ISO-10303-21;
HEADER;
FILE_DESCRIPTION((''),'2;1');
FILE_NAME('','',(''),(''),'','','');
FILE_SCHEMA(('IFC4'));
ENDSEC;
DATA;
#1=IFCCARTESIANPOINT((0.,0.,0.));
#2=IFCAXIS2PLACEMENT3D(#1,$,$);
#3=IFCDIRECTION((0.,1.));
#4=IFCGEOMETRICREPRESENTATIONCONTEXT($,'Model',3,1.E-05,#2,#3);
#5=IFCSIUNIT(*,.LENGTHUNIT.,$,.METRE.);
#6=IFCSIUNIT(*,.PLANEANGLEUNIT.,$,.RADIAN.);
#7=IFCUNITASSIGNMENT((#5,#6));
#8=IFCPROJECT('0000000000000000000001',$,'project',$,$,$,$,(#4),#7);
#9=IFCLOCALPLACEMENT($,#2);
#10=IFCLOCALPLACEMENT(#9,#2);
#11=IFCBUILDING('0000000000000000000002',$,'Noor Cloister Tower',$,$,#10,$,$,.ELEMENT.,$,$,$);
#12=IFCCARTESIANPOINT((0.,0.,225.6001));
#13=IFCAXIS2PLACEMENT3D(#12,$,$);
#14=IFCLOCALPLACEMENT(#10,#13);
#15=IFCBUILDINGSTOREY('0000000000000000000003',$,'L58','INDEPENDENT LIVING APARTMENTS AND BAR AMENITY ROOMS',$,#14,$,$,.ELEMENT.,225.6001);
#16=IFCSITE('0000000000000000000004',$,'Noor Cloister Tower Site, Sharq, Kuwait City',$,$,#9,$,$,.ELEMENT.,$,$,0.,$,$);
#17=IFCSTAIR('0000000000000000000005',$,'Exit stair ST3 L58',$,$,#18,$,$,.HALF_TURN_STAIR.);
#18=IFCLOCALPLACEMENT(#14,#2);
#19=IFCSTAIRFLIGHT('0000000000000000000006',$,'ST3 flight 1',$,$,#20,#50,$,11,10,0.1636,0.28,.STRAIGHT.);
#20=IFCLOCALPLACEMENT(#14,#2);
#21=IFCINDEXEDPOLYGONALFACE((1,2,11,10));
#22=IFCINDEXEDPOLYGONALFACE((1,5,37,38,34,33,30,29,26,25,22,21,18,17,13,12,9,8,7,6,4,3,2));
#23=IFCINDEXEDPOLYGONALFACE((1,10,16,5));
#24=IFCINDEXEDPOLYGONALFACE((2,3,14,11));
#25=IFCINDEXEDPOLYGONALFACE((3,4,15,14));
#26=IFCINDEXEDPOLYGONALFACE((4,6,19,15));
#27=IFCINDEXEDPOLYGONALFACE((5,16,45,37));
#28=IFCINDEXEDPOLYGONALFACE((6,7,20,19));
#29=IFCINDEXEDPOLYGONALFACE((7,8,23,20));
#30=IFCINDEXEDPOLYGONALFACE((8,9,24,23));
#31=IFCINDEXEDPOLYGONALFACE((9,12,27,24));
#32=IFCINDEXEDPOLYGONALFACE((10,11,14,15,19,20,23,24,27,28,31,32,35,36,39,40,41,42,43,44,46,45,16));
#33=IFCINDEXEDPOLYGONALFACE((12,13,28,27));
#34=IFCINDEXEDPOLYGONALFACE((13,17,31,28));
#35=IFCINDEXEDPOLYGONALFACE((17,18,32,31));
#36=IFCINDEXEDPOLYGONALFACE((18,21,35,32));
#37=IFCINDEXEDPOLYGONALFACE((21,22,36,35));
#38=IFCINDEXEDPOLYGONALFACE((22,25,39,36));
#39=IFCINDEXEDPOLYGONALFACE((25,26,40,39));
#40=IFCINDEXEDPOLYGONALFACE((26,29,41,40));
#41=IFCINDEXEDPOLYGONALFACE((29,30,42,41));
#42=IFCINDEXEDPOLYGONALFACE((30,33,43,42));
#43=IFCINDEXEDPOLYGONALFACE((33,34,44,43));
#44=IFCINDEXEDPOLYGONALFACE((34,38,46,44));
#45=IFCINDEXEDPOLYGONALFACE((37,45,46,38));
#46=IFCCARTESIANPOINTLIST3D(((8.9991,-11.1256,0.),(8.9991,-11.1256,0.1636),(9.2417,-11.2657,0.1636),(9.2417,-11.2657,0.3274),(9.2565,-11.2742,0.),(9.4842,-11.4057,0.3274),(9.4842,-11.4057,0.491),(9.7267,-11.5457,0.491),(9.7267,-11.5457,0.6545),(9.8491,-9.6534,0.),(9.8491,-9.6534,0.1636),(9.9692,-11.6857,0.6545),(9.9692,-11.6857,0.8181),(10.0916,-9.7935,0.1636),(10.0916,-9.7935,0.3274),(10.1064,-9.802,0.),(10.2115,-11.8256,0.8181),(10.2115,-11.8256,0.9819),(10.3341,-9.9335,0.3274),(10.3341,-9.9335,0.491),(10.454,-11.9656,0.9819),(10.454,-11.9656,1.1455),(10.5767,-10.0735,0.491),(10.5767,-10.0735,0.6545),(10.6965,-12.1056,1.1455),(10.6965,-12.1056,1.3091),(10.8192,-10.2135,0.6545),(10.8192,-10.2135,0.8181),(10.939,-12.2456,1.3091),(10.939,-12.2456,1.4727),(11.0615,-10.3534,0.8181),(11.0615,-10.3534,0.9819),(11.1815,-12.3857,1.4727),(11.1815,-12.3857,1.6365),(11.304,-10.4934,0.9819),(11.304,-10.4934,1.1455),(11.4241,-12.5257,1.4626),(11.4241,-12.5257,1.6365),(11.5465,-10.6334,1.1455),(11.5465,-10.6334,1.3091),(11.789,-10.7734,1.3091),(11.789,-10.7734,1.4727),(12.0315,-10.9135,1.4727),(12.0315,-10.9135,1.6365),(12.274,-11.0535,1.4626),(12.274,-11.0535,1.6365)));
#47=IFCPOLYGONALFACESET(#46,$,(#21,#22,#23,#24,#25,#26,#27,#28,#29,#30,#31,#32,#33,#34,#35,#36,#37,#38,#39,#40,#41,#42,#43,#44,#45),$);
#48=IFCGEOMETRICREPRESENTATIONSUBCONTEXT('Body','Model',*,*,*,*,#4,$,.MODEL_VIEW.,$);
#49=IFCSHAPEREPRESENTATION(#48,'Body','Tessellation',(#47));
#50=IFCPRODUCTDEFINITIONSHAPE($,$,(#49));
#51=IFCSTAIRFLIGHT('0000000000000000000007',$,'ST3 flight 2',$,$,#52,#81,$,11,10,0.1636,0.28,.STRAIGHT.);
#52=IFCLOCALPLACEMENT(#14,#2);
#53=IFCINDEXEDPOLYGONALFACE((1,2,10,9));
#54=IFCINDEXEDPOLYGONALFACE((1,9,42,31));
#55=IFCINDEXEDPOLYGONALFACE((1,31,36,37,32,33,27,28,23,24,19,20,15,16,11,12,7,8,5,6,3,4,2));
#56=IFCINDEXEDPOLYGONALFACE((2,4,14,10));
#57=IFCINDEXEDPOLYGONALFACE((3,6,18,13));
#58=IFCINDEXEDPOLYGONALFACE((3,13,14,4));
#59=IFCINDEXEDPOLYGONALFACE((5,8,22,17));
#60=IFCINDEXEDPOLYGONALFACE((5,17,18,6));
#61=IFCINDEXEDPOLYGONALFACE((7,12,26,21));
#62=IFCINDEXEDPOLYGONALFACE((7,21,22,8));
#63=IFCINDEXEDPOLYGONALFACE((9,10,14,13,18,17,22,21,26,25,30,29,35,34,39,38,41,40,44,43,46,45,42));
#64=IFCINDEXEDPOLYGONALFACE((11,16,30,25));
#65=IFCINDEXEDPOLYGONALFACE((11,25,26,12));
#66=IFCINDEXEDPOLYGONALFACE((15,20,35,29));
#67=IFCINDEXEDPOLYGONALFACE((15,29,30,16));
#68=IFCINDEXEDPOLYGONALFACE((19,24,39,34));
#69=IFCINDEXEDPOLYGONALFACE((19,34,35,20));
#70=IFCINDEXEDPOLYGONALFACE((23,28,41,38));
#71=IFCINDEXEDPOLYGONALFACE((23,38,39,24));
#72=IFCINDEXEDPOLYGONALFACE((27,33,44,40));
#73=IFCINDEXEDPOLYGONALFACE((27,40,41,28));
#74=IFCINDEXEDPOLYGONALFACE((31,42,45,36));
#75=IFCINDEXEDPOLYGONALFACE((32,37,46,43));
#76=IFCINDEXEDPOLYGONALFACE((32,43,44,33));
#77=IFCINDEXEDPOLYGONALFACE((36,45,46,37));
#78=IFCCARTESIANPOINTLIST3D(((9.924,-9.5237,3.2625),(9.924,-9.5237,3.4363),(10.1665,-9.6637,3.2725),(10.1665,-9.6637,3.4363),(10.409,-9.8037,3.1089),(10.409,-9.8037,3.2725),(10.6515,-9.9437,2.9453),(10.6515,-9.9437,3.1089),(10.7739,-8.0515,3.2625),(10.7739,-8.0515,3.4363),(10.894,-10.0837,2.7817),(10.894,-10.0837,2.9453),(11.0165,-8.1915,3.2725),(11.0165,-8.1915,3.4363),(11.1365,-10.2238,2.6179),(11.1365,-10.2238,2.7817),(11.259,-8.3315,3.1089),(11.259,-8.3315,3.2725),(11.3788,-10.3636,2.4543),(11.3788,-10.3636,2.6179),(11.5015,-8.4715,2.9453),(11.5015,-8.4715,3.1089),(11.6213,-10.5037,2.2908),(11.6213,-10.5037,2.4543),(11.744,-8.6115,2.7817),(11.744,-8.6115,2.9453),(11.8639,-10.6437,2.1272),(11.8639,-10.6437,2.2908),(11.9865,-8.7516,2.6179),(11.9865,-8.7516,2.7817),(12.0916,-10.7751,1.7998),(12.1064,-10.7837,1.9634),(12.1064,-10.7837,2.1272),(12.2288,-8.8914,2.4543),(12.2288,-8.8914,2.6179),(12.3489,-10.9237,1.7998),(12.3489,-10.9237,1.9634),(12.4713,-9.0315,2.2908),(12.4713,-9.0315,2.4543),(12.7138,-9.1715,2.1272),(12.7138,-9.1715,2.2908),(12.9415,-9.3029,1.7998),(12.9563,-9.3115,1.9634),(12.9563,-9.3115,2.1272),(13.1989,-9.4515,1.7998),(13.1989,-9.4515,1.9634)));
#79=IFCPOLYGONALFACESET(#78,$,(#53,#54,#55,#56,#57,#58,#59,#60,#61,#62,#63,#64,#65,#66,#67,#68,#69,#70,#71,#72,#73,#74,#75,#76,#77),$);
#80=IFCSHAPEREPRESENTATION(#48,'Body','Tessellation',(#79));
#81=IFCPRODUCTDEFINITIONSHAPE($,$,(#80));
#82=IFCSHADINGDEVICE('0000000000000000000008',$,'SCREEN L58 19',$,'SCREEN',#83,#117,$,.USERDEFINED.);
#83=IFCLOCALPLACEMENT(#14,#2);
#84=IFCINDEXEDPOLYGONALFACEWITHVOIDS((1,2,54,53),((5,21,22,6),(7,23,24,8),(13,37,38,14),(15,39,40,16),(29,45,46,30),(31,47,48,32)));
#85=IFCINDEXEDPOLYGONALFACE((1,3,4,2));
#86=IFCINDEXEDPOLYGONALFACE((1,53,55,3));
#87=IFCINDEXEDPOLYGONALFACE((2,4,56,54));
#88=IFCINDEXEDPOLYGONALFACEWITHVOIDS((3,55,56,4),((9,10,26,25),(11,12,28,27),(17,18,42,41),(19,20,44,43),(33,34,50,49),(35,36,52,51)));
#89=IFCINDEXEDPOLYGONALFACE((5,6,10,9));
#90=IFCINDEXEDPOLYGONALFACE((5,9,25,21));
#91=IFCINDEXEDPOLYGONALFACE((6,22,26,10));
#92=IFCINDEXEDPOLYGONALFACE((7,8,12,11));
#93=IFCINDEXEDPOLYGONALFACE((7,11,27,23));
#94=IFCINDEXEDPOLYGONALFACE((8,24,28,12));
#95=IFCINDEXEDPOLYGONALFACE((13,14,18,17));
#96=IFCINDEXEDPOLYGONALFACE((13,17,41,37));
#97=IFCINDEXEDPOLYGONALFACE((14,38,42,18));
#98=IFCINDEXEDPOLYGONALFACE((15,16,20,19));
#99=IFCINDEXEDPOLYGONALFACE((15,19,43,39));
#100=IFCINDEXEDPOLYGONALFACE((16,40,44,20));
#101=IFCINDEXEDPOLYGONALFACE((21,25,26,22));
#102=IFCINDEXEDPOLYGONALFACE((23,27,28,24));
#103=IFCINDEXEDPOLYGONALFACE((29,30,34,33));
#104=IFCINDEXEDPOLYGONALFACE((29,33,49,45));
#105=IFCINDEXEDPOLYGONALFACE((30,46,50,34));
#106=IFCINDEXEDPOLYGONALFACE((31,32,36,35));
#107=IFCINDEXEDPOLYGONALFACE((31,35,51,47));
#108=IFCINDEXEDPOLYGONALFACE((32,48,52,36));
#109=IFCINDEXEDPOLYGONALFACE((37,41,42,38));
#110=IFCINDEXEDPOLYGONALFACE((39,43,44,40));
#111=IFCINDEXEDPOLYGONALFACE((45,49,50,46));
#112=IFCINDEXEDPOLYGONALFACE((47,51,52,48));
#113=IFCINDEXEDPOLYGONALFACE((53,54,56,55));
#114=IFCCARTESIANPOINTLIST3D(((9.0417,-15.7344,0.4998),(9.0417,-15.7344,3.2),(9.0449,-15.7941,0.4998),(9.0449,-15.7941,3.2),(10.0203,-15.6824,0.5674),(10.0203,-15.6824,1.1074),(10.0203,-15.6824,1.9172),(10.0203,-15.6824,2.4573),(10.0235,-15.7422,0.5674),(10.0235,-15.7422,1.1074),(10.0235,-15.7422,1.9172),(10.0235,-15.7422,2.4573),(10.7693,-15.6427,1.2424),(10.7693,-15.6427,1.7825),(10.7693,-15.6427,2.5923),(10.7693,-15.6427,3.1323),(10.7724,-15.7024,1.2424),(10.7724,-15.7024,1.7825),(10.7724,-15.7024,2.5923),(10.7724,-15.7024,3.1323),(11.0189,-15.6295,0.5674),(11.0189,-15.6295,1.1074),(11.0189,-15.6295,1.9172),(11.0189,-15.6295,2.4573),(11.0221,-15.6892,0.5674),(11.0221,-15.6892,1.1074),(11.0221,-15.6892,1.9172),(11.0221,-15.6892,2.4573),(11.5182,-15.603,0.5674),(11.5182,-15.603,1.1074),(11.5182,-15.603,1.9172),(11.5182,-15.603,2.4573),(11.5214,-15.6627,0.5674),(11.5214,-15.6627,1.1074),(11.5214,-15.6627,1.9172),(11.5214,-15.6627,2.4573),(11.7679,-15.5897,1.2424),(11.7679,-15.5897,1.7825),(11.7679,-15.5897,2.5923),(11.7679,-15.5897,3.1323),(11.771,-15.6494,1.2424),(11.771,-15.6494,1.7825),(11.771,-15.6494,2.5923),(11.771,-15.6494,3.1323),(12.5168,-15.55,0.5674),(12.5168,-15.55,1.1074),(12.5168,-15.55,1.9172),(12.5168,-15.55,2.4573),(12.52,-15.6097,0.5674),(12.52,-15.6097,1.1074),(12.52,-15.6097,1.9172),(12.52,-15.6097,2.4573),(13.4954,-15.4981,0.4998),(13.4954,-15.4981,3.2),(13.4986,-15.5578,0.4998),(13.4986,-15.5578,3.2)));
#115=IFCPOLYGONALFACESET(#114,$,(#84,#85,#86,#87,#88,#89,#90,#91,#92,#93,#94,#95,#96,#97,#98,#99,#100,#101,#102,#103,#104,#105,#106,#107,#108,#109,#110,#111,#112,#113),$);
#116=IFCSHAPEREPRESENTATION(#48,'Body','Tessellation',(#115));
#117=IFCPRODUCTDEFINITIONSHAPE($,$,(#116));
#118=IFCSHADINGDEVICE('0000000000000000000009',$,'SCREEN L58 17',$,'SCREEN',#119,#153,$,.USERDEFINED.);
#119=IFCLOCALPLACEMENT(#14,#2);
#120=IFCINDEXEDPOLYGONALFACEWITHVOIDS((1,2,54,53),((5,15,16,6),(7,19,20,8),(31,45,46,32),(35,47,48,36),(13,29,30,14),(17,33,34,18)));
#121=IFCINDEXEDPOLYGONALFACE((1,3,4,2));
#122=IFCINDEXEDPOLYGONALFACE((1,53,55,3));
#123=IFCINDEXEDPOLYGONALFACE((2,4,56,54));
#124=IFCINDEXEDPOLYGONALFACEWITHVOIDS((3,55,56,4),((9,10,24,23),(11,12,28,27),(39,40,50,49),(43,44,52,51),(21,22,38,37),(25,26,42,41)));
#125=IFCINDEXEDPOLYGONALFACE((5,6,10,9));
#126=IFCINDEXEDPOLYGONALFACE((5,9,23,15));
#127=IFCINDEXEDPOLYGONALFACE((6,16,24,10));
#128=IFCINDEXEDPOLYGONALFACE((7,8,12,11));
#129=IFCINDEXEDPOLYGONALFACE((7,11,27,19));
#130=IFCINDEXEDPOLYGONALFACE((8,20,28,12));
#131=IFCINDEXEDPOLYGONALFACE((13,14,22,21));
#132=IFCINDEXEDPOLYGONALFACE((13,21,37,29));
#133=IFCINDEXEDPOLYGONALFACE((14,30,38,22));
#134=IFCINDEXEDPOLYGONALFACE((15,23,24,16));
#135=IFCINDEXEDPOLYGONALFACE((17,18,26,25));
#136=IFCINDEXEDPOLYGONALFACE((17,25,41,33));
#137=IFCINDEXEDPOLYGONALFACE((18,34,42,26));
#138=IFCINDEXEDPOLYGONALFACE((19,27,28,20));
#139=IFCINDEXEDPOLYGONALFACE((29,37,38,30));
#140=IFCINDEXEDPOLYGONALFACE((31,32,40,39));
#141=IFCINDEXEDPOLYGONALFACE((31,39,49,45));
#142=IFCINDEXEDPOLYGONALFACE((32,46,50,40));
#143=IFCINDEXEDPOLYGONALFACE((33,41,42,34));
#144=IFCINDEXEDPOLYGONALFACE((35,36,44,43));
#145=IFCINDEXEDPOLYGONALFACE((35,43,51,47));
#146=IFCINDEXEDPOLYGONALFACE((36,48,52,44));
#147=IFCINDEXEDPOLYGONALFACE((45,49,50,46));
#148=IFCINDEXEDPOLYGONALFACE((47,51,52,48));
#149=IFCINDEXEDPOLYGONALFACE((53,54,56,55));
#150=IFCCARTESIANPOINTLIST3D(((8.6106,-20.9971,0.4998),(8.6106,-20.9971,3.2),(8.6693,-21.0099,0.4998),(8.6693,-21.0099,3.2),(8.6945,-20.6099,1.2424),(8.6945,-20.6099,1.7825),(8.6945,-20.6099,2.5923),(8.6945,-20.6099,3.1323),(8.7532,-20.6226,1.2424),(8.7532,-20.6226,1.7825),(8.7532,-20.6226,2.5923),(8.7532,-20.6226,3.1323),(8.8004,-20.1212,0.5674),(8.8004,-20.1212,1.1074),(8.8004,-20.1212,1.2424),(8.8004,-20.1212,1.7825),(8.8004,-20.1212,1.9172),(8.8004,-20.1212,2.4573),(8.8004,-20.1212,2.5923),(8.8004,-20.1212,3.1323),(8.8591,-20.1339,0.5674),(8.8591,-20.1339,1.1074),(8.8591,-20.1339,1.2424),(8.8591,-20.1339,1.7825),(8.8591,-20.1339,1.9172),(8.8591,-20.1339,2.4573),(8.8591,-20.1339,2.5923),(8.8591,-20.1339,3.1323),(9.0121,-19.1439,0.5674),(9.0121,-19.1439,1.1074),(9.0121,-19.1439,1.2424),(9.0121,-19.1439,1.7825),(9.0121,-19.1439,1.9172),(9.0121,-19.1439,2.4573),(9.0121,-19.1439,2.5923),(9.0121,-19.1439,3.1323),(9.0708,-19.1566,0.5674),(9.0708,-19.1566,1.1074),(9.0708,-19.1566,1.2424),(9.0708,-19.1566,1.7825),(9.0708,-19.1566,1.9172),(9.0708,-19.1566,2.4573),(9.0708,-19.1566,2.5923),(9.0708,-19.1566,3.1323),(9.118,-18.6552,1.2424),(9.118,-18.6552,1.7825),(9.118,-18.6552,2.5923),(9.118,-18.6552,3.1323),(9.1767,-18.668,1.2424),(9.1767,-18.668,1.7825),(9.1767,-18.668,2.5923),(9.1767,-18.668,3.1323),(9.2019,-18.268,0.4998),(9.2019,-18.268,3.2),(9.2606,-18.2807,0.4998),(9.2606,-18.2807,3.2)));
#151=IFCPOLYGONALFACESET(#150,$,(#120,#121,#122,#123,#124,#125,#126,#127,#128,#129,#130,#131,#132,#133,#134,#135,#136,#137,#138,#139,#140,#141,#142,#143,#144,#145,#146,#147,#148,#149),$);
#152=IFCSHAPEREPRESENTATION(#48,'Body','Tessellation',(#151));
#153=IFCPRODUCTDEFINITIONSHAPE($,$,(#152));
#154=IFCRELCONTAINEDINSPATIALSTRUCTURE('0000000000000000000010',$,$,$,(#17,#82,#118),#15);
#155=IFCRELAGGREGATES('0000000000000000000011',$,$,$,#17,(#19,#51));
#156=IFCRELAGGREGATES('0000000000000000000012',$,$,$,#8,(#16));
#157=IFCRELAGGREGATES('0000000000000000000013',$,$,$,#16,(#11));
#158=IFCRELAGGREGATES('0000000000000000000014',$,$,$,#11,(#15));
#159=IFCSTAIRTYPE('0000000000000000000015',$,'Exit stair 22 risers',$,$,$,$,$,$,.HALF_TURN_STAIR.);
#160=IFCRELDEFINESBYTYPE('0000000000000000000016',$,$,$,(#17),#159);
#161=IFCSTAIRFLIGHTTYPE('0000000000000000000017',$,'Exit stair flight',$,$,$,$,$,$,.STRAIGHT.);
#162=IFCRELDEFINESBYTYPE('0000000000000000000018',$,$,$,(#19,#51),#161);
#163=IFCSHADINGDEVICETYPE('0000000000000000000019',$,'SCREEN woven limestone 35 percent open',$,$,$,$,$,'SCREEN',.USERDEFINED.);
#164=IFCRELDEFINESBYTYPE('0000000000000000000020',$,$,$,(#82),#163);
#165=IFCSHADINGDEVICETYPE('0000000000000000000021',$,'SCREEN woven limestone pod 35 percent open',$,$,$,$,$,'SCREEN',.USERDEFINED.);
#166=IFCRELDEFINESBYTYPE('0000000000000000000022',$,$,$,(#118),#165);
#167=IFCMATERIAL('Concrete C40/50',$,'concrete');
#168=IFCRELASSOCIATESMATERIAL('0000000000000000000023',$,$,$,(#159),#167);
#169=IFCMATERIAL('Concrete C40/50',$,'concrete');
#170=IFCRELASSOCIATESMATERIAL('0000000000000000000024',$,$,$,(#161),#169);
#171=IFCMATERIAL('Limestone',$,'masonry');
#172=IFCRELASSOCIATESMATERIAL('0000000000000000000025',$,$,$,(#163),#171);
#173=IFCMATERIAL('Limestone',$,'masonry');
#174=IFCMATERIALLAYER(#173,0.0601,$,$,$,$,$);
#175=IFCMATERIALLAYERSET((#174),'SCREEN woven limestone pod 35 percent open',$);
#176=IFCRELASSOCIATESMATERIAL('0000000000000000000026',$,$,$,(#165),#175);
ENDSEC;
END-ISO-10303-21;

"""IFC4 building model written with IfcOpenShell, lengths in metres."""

from ifc_helpers import new_model, si_unit, direction, frame, origin, place, context, subcontext, project, spatial, polyline, outline, extrude, material, layer, layer_set, material_profile, profile_set, type_object, element, aggregate, save


model = new_model("IFC4")

# Units and contexts
model_context = context("Model", 3, precision=1e-05, world=origin(), true_north=direction((0.0, 1.0)))
body_context = subcontext(model_context, "Body", "Model", "MODEL_VIEW")
ifc_project = project(units=[si_unit("LENGTHUNIT", "METRE"), si_unit("PLANEANGLEUNIT", "RADIAN")], contexts=[model_context])

# Site, building, storey
site_placement = place(None, origin())
site = spatial("IfcSite", under=ifc_project, at=site_placement, Name="Noor Cloister Tower Site, Sharq, Kuwait City", CompositionType="ELEMENT", RefElevation=0.0)
building_placement = place(site_placement, origin())
building = spatial("IfcBuilding", under=site, at=building_placement, Name="Noor Cloister Tower", CompositionType="ELEMENT")
storey_placement = place(building_placement, frame((0.0, 0.0, 225.6001)))
storey = spatial("IfcBuildingStorey", under=building, at=storey_placement, Name="L58", Description="INDEPENDENT LIVING APARTMENTS AND BAR AMENITY ROOMS", CompositionType="ELEMENT", Elevation=225.6001)

# Stair, stair flights
ifc_material_1 = material(Name="Concrete C40/50", Category="concrete")
stair_type = type_object("IfcStairType", Name="Exit stair 22 risers", PredefinedType="HALF_TURN_STAIR", material=ifc_material_1)
stair_placement = place(storey_placement, origin())
stair = element("IfcStair", 1, at=stair_placement, inside=storey, type_object=stair_type, Name="Exit stair ST3 L58", PredefinedType="HALF_TURN_STAIR")
ifc_material_2 = material(Name="Concrete C40/50", Category="concrete")
stair_flight_type = type_object("IfcStairFlightType", Name="Exit stair flight", PredefinedType="STRAIGHT", material=ifc_material_2)
stair_flight_1_placement = place(storey_placement, frame((9.4241, -10.3896, 0.0), z_axis=(0.0, 0.0, 1.0), x_axis=(0.866025, -0.5, 0.0)))
stair_flight_1 = element("IfcStairFlight", 2, at=stair_flight_1_placement, type_object=stair_flight_type, Name="ST3 flight 1", NumberOfRisers=11, NumberOfTreads=10, PredefinedType="STRAIGHT", RiserHeight=0.1636, TreadLength=0.28, context=body_context, shape_type="SweptSolid", body=[
    extrude(outline(polyline([(0.0, 0.0), (0.0, 0.1636), (0.28, 0.1636), (0.28, 0.3274), (0.5601, 0.3274), (0.5601, 0.491), (0.8401, 0.491), (0.8401, 0.6545), (1.1201, 0.6545), (1.1201, 0.8181), (1.3999, 0.8181), (1.3999, 0.9819), (1.6799, 0.9819), (1.6799, 1.1455), (1.96, 1.1455), (1.96, 1.3091), (2.24, 1.3091), (2.24, 1.4727), (2.52, 1.4727), (2.52, 1.6365), (2.8, 1.6365), (2.8, 1.8), (2.8, 1.4626), (0.2971, 0.0), (0.0, 0.0)])), frame((0.0, 0.8501, 0.0), z_axis=(0.0, -1.0, 0.0), x_axis=(1.0, 0.0, 0.0)), (0.0, 0.0, 1.0), 1.7),
])
stair_flight_2_placement = place(storey_placement, frame((12.7739, -10.1875, 1.7998), z_axis=(0.0, 0.0, 1.0), x_axis=(-0.866025, 0.5, 0.0)))
stair_flight_2 = element("IfcStairFlight", 3, at=stair_flight_2_placement, type_object=stair_flight_type, Name="ST3 flight 2", NumberOfRisers=11, NumberOfTreads=10, PredefinedType="STRAIGHT", RiserHeight=0.1636, TreadLength=0.28, context=body_context, shape_type="SweptSolid", body=[
    extrude(outline(polyline([(0.0, 0.0), (0.0, 0.1636), (0.28, 0.1636), (0.28, 0.3274), (0.5601, 0.3274), (0.5601, 0.491), (0.8401, 0.491), (0.8401, 0.6545), (1.1201, 0.6545), (1.1201, 0.8181), (1.3999, 0.8181), (1.3999, 0.9819), (1.6799, 0.9819), (1.6799, 1.1455), (1.96, 1.1455), (1.96, 1.3091), (2.24, 1.3091), (2.24, 1.4727), (2.52, 1.4727), (2.52, 1.6365), (2.8, 1.6365), (2.8, 1.8), (2.8, 1.4626), (0.2971, 0.0), (0.0, 0.0)])), frame((0.0, 0.8501, 0.0), z_axis=(0.0, -1.0, 0.0), x_axis=(1.0, 0.0, 0.0)), (0.0, 0.0, 1.0), 1.7),
])
aggregate(stair, [stair_flight_1, stair_flight_2])

# Shading devices
ifc_material_3 = material(Name="Limestone", Category="masonry")
ifc_material_profile_1 = material_profile(ifc_material_3, outline(polyline([(-2.23, -1.3501), (2.23, -1.3501), (2.23, 1.3501), (-2.23, 1.3501), (-2.23, -1.3501)]), holes=[polyline([(-1.25, -1.2825), (-0.25, -1.2825), (-0.25, -0.7424), (-1.25, -0.7424), (-1.25, -1.2825)]), polyline([(0.25, -1.2825), (1.25, -1.2825), (1.25, -0.7424), (0.25, -0.7424), (0.25, -1.2825)]), polyline([(-0.5, -0.6074), (0.5, -0.6074), (0.5, -0.0674), (-0.5, -0.0674), (-0.5, -0.6074)]), polyline([(-1.25, 0.0674), (-0.25, 0.0674), (-0.25, 0.6074), (-1.25, 0.6074), (-1.25, 0.0674)]), polyline([(0.25, 0.0674), (1.25, 0.0674), (1.25, 0.6074), (0.25, 0.6074), (0.25, 0.0674)]), polyline([(-0.5, 0.7424), (0.5, 0.7424), (0.5, 1.2825), (-0.5, 1.2825), (-0.5, 0.7424)])]), Name="Woven screen 35 percent open")
ifc_profile_set_1 = profile_set([ifc_material_profile_1], Name="Limestone")
shading_device_type_1 = type_object("IfcShadingDeviceType", Name="SCREEN woven limestone 35 percent open", ElementType="SCREEN", PredefinedType="USERDEFINED", material=ifc_profile_set_1)
shading_device_1_placement = place(storey_placement, frame((11.2686, -15.6162, 1.8499), z_axis=(0.052987, -0.998595, 0.0), x_axis=(0.998595, 0.052987, 0.0)))
element("IfcShadingDevice", 4, at=shading_device_1_placement, inside=storey, type_object=shading_device_type_1, Name="SCREEN L58 19", ObjectType="SCREEN", PredefinedType="USERDEFINED", context=body_context, shape_type="SweptSolid", body=[
    extrude(outline(polyline([(-2.23, -1.3501), (2.23, -1.3501), (2.23, 1.3501), (-2.23, 1.3501), (-2.23, -1.3501)]), holes=[polyline([(-1.25, -1.2825), (-0.25, -1.2825), (-0.25, -0.7424), (-1.25, -0.7424), (-1.25, -1.2825)]), polyline([(0.25, -1.2825), (1.25, -1.2825), (1.25, -0.7424), (0.25, -0.7424), (0.25, -1.2825)]), polyline([(-0.5, -0.6074), (0.5, -0.6074), (0.5, -0.0674), (-0.5, -0.0674), (-0.5, -0.6074)]), polyline([(-1.25, 0.0674), (-0.25, 0.0674), (-0.25, 0.6074), (-1.25, 0.6074), (-1.25, 0.0674)]), polyline([(0.25, 0.0674), (1.25, 0.0674), (1.25, 0.6074), (0.25, 0.6074), (0.25, 0.0674)]), polyline([(-0.5, 0.7424), (0.5, 0.7424), (0.5, 1.2825), (-0.5, 1.2825), (-0.5, 0.7424)])]), origin(), (0.0, 0.0, 1.0), 0.0598),
])
ifc_material_4 = material(Name="Limestone", Category="masonry")
ifc_layer_1 = layer(ifc_material_4, 0.0601)
ifc_layer_set_1 = layer_set([ifc_layer_1], Name="SCREEN woven limestone pod 35 percent open")
shading_device_type_2 = type_object("IfcShadingDeviceType", Name="SCREEN woven limestone pod 35 percent open", ElementType="SCREEN", PredefinedType="USERDEFINED", material=ifc_layer_set_1)
shading_device_2_placement = place(storey_placement, frame((8.9062, -19.6326, 1.8499), z_axis=(0.977323, -0.211753, 0.0), x_axis=(0.211753, 0.977323, 0.0)))
element("IfcShadingDevice", 5, at=shading_device_2_placement, inside=storey, type_object=shading_device_type_2, Name="SCREEN L58 17", ObjectType="SCREEN", PredefinedType="USERDEFINED", context=body_context, shape_type="SweptSolid", body=[
    extrude(outline(polyline([(-1.3962, -1.3501), (1.3962, -1.3501), (1.3962, 1.3501), (-1.3962, 1.3501), (-1.3962, -1.3501)]), holes=[polyline([(-0.5, -1.2825), (0.5, -1.2825), (0.5, -0.7424), (-0.5, -0.7424), (-0.5, -1.2825)]), polyline([(-1.0, -0.6074), (-0.5, -0.6074), (-0.5, -0.0674), (-1.0, -0.0674), (-1.0, -0.6074)]), polyline([(0.5, -0.6074), (1.0, -0.6074), (1.0, -0.0674), (0.5, -0.0674), (0.5, -0.6074)]), polyline([(-0.5, 0.0674), (0.5, 0.0674), (0.5, 0.6074), (-0.5, 0.6074), (-0.5, 0.0674)]), polyline([(-1.0, 0.7424), (-0.5, 0.7424), (-0.5, 1.2825), (-1.0, 1.2825), (-1.0, 0.7424)]), polyline([(0.5, 0.7424), (1.0, 0.7424), (1.0, 1.2825), (0.5, 1.2825), (0.5, 0.7424)])]), origin(), (0.0, 0.0, 1.0), 0.0601),
])

save(model, "model.ifc")
